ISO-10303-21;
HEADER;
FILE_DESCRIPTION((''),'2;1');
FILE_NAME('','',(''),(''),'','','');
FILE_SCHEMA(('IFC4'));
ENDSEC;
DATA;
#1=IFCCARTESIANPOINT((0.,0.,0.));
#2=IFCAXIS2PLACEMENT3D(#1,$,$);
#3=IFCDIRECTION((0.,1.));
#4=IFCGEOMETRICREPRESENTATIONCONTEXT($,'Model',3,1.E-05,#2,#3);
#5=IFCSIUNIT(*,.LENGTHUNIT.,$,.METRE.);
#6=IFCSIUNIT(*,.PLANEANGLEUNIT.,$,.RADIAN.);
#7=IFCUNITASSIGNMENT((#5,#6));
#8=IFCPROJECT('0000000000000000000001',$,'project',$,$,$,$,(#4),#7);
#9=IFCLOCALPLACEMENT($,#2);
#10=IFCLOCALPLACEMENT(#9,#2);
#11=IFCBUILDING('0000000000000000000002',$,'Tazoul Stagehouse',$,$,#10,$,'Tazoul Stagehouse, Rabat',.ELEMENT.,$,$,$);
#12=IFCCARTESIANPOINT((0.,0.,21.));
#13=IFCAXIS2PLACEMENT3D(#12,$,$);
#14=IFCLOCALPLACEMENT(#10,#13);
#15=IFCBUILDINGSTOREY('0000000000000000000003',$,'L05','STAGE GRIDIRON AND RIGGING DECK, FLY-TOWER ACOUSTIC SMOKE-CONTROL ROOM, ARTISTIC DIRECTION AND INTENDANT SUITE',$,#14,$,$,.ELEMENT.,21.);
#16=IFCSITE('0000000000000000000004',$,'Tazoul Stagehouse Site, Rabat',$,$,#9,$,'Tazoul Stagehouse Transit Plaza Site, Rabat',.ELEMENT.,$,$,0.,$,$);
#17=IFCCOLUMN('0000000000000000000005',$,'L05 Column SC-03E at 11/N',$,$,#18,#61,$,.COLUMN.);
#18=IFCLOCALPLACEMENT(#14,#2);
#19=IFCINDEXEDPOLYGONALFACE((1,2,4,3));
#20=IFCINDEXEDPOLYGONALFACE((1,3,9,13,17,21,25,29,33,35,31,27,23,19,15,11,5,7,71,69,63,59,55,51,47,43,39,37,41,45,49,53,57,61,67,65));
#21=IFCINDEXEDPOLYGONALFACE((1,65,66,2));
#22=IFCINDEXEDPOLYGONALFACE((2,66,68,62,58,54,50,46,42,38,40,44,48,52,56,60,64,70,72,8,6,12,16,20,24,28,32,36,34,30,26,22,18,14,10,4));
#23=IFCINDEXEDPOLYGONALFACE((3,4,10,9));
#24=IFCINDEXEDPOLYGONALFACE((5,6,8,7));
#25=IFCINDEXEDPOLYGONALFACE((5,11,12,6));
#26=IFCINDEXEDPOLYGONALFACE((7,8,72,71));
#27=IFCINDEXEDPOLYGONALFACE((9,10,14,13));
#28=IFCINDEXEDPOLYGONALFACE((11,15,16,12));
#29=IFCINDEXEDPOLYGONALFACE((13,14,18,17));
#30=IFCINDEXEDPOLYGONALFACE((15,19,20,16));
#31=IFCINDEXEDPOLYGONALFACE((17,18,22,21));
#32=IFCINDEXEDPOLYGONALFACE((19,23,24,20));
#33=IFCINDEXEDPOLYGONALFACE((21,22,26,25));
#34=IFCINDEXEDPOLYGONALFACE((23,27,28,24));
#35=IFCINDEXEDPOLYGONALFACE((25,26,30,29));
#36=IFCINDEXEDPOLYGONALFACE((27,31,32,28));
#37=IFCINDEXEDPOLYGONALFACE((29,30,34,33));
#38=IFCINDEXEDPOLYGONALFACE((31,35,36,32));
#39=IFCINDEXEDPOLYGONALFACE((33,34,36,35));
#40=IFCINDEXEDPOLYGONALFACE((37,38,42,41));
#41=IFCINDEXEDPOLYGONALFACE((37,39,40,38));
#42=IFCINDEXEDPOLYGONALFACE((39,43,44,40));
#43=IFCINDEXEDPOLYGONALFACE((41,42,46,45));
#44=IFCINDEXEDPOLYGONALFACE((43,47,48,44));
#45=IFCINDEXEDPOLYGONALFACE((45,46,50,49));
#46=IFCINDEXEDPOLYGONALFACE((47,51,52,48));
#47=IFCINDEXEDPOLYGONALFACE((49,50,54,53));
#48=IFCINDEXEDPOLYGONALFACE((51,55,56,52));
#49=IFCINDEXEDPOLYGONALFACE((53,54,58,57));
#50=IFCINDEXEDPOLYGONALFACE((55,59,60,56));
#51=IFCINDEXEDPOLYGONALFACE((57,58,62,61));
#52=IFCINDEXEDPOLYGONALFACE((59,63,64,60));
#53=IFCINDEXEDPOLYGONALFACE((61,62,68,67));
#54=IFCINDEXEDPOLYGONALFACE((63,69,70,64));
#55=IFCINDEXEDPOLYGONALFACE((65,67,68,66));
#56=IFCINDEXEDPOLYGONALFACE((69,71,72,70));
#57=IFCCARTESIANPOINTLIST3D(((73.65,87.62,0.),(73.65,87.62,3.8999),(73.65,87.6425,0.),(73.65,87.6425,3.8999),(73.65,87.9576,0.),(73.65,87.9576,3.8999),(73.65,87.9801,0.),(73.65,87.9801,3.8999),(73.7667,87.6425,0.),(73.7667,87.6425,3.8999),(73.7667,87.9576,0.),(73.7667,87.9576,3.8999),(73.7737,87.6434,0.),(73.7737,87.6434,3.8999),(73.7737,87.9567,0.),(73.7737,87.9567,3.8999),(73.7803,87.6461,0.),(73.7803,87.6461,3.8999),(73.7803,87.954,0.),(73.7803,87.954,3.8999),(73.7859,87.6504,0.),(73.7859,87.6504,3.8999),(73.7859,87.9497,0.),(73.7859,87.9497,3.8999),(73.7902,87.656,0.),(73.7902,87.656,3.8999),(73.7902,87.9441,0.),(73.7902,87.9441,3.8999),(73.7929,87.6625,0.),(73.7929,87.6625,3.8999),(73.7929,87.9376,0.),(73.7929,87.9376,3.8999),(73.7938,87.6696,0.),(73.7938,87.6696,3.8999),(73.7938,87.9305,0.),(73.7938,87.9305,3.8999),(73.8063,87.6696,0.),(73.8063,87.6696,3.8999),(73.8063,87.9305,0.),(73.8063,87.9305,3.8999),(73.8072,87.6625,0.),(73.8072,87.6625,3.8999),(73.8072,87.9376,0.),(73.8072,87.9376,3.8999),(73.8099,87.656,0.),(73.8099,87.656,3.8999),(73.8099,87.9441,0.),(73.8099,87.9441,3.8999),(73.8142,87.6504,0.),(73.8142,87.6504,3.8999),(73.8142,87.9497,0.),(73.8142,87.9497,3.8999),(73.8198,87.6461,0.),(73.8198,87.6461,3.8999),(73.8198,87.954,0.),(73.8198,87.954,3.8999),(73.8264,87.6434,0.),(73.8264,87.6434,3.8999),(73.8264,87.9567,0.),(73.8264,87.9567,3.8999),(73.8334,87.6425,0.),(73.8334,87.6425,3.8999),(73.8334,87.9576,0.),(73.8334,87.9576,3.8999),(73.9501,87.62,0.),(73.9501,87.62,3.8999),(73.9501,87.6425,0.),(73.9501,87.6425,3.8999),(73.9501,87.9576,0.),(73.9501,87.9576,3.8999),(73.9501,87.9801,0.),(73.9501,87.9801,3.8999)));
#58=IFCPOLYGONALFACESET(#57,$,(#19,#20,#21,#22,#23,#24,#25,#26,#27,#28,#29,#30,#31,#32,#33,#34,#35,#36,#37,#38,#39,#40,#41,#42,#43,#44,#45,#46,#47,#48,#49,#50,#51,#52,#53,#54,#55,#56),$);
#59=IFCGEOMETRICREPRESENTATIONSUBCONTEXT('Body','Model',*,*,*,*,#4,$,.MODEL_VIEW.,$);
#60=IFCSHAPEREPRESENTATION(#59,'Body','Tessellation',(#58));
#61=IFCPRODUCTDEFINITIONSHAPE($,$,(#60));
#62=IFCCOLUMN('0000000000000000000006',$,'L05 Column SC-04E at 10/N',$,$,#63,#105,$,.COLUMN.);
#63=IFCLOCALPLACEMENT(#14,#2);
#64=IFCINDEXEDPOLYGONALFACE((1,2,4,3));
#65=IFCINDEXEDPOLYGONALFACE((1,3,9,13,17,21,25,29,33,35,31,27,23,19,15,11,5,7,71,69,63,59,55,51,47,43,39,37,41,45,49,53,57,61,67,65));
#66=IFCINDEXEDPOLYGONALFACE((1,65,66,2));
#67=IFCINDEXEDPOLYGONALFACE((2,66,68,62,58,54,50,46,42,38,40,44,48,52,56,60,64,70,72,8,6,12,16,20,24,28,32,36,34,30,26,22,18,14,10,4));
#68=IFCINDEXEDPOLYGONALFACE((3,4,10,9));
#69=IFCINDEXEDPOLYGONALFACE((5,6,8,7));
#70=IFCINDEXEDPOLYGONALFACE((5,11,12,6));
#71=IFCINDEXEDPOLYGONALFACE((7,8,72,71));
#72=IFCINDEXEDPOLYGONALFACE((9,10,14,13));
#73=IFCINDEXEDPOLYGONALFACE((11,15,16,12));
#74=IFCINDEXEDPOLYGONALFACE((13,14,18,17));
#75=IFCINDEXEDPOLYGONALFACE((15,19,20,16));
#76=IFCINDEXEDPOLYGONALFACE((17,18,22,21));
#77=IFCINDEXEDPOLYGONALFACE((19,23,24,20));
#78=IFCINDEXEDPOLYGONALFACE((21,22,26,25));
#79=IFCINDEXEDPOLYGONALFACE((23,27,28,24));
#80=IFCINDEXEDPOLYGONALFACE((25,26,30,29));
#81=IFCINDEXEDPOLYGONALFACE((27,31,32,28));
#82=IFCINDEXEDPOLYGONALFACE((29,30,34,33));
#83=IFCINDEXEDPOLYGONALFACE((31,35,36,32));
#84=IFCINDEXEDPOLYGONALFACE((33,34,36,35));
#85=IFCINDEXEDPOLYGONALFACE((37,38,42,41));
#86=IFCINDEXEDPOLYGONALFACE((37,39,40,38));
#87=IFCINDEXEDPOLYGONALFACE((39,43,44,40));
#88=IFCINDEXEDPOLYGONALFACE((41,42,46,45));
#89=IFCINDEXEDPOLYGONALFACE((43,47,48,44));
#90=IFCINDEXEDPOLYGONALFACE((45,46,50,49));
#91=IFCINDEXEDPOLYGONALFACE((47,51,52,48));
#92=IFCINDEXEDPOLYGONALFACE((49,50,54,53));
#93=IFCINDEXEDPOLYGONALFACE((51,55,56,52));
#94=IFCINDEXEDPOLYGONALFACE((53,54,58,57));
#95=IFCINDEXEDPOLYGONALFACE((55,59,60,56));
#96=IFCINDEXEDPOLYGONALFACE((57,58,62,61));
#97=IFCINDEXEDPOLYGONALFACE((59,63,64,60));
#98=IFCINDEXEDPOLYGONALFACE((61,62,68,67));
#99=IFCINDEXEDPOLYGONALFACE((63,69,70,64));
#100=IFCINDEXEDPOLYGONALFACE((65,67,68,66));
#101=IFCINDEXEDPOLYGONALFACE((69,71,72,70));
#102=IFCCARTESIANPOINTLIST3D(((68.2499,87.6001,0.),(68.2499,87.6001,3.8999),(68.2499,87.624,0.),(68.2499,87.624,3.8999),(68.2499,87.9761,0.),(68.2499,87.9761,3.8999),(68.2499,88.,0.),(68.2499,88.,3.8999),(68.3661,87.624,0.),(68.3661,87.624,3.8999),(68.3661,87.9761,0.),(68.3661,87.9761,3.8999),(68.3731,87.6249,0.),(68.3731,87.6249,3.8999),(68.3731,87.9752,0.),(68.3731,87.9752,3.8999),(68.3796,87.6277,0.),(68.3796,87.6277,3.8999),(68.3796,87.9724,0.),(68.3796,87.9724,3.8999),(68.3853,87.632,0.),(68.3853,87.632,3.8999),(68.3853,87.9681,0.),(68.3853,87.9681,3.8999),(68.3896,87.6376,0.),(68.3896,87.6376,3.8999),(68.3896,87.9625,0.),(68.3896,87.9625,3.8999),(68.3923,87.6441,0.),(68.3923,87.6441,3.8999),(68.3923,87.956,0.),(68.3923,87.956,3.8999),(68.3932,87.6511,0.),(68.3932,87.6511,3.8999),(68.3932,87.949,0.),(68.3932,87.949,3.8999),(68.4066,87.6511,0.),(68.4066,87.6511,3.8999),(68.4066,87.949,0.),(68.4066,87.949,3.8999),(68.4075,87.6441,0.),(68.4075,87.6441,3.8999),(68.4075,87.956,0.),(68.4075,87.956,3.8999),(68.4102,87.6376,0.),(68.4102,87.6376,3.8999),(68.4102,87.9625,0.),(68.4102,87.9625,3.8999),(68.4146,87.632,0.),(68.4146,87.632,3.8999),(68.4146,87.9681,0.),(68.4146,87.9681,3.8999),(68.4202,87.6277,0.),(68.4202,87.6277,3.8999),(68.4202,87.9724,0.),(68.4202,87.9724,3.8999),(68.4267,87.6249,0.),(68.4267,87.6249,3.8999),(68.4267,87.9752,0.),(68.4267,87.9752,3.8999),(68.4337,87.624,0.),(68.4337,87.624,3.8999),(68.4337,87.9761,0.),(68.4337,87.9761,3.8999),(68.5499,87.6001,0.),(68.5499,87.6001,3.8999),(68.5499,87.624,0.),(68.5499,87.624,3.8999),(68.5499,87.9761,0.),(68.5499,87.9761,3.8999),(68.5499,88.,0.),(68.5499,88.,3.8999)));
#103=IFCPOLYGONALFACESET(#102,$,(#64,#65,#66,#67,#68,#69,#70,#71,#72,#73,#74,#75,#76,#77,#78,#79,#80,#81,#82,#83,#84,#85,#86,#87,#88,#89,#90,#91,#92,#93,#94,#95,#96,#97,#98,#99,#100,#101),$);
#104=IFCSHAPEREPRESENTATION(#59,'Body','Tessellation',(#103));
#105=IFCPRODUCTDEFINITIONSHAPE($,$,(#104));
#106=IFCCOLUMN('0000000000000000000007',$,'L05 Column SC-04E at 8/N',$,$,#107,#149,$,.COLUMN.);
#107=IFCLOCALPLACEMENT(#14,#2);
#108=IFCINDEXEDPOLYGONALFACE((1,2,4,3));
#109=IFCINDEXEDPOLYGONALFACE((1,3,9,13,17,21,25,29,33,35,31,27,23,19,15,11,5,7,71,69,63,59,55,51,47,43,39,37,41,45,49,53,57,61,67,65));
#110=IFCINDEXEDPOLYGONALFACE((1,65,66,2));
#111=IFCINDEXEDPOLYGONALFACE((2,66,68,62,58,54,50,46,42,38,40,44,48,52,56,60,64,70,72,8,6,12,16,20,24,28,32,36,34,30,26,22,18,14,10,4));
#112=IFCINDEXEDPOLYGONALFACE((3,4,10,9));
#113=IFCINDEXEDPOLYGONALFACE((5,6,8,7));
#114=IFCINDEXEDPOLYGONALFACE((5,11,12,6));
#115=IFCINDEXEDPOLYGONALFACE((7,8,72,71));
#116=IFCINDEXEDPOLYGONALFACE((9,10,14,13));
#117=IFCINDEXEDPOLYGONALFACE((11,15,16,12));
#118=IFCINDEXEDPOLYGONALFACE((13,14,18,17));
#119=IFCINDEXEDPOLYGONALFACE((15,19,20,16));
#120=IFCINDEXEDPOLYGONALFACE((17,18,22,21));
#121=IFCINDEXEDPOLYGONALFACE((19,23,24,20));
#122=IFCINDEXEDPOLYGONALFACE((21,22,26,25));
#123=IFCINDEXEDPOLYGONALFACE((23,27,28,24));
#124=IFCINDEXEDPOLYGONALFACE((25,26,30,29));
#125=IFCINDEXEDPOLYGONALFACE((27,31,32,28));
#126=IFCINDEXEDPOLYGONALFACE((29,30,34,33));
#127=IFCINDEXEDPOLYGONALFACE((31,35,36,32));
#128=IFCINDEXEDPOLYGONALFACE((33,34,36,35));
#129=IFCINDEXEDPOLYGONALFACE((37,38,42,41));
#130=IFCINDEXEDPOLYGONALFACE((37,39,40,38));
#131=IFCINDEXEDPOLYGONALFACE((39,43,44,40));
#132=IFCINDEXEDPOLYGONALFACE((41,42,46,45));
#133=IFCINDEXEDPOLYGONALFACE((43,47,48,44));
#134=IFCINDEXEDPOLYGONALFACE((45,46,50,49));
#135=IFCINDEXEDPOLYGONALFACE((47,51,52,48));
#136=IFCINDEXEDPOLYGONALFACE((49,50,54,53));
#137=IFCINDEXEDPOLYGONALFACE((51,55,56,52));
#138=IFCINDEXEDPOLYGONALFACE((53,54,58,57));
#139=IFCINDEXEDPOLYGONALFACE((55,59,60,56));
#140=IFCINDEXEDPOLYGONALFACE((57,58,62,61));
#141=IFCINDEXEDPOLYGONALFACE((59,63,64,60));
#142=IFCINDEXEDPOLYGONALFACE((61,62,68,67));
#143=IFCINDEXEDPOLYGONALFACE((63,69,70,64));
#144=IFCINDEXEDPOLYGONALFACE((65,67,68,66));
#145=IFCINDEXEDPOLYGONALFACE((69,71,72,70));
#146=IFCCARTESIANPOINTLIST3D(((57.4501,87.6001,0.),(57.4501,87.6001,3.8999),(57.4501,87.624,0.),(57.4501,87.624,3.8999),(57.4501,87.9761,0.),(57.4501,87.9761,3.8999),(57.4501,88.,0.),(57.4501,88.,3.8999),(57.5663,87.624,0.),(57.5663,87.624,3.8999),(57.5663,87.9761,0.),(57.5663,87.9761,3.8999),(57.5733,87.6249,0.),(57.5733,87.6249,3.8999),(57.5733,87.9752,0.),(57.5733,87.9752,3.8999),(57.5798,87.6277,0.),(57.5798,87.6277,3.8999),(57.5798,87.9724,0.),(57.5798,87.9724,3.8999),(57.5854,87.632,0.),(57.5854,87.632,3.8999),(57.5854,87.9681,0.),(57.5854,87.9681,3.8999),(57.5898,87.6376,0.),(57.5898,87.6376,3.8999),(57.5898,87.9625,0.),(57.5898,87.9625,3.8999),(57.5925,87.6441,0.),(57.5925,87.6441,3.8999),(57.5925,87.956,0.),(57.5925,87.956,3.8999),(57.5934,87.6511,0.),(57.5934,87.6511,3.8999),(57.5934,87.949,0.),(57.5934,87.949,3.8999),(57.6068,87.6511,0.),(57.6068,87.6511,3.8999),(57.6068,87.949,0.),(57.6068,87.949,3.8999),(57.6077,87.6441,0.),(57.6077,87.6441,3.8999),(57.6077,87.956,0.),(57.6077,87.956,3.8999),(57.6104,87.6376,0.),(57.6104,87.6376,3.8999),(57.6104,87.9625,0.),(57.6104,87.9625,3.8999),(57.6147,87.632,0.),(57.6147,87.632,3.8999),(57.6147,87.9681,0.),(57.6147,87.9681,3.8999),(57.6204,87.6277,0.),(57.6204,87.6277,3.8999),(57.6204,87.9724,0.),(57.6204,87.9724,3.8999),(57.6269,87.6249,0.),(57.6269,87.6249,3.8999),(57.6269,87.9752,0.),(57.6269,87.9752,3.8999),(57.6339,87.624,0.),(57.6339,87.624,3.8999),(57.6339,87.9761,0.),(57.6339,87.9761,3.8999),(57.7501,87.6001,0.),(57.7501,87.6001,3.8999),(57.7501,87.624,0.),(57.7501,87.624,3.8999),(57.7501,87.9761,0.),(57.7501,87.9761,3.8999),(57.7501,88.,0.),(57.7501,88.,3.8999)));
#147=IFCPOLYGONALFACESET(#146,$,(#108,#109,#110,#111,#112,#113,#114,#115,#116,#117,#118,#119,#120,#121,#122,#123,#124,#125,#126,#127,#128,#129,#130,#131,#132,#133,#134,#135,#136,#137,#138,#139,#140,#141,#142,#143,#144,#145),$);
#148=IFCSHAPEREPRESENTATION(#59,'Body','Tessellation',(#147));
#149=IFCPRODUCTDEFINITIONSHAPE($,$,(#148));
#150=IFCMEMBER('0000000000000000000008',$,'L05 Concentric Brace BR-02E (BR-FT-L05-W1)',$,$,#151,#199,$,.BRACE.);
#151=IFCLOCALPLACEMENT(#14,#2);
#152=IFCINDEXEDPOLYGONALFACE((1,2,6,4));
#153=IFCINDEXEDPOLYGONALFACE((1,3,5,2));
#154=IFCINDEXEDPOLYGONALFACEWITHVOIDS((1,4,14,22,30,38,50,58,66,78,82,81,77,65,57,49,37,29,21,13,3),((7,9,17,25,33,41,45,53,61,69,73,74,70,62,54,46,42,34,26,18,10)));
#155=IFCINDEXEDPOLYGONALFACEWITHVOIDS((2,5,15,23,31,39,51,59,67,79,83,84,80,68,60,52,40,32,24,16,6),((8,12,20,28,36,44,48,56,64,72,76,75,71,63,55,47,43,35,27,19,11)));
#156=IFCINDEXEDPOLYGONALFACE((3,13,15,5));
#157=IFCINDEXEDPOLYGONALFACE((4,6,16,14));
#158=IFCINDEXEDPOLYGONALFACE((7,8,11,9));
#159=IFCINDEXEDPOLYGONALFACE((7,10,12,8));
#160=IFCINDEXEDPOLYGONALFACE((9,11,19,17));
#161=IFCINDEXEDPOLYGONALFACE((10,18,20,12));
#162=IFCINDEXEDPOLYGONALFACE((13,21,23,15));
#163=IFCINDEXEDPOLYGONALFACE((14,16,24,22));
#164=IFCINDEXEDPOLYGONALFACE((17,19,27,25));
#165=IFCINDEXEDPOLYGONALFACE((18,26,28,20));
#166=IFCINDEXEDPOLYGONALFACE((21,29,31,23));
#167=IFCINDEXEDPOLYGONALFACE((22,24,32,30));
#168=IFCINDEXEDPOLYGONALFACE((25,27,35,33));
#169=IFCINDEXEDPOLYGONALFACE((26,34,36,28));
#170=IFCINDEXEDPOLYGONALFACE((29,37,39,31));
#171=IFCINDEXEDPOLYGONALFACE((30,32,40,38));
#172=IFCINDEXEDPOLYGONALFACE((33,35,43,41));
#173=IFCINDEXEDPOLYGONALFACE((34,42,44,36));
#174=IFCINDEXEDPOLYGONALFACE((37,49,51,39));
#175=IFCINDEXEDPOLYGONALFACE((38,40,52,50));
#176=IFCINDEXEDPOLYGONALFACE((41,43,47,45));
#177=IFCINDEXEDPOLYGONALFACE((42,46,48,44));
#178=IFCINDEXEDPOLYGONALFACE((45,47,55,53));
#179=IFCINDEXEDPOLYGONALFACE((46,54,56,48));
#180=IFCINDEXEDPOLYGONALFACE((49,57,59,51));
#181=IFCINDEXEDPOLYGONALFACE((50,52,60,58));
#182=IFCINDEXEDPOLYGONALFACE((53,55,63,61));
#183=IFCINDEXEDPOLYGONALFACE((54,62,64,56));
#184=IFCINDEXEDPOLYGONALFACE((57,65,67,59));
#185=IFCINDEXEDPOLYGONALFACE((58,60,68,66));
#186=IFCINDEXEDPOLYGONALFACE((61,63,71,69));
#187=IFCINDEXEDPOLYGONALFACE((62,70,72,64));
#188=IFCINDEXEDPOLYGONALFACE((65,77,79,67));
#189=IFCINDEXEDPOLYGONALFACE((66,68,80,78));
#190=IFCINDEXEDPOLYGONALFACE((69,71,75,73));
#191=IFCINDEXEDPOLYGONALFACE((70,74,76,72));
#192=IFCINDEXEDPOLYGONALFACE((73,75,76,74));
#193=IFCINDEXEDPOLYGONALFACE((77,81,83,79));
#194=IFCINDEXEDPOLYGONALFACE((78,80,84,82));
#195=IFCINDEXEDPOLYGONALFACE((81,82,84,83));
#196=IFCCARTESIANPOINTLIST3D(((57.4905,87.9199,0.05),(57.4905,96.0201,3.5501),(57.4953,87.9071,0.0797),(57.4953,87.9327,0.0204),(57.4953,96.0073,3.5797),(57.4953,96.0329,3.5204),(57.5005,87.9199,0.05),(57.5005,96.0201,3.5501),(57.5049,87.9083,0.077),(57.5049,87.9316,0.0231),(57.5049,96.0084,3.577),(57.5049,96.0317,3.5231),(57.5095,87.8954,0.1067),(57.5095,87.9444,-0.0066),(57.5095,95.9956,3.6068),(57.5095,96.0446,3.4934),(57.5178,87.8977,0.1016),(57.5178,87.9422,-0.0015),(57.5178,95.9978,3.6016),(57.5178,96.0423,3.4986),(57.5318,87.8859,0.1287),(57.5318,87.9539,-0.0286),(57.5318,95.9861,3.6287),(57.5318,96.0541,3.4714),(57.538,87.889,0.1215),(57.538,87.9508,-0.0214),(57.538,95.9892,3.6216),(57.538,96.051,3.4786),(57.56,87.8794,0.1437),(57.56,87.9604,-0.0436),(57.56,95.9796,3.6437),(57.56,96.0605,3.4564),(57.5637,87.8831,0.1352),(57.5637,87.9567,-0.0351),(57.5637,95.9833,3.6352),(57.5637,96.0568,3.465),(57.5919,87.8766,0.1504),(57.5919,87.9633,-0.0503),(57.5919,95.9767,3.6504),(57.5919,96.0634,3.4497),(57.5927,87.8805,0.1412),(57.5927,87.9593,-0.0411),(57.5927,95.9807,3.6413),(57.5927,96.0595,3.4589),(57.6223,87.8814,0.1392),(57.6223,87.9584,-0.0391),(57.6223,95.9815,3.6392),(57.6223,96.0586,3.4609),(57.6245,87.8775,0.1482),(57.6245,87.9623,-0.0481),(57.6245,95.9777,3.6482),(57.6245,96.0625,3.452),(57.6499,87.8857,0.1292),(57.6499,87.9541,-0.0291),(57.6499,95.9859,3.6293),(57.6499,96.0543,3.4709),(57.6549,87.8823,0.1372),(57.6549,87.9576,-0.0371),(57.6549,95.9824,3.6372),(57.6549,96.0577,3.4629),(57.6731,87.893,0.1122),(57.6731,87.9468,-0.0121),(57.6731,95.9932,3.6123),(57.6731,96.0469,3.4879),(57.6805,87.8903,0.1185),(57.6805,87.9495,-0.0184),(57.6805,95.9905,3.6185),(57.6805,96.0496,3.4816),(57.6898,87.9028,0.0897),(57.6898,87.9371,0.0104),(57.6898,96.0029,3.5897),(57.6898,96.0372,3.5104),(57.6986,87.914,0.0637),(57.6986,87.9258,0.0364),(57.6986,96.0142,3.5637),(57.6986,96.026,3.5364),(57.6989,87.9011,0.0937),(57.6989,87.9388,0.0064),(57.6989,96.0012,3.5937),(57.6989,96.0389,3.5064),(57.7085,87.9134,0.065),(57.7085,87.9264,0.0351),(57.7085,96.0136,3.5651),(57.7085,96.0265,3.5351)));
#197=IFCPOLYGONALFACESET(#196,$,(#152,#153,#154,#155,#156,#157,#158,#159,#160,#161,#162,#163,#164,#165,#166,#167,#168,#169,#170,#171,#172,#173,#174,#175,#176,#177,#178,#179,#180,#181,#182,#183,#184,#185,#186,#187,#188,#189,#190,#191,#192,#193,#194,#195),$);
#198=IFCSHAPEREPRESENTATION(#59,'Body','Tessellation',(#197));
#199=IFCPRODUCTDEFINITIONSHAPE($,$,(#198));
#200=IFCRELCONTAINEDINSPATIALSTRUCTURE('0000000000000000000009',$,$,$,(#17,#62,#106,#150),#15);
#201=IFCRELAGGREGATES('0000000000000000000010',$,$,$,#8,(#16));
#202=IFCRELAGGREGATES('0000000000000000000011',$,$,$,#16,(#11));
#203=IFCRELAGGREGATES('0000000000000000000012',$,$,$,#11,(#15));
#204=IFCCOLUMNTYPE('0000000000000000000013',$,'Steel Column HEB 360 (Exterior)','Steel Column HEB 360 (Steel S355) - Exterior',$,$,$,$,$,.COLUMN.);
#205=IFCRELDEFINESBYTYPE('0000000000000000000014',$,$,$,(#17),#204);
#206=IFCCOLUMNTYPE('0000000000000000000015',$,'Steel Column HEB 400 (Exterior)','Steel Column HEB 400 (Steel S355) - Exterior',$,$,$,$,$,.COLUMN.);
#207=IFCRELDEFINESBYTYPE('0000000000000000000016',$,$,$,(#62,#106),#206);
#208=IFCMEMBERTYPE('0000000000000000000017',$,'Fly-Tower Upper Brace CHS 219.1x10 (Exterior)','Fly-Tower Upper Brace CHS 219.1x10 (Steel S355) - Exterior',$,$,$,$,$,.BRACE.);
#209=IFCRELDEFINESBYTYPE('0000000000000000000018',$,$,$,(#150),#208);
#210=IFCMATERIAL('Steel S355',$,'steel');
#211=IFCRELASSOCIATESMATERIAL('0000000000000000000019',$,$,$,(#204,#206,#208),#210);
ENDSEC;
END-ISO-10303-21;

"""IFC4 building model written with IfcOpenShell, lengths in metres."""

from ifc_helpers import new_model, si_unit, direction, frame, origin, origin_2d, place, context, subcontext, project, spatial, hollow_circle, i_section, extrude, material, material_profile, profile_set, type_object, element, save


model = new_model("IFC4")

# Units and contexts
model_context = context("Model", 3, precision=1e-05, world=origin(), true_north=direction((0.0, 1.0)))
body_context = subcontext(model_context, "Body", "Model", "MODEL_VIEW")
ifc_project = project(units=[si_unit("LENGTHUNIT", "METRE"), si_unit("PLANEANGLEUNIT", "RADIAN")], contexts=[model_context])

# Site, building, storey
site_placement = place(None, origin())
site = spatial("IfcSite", under=ifc_project, at=site_placement, Name="Tazoul Stagehouse Site, Rabat", LongName="Tazoul Stagehouse Transit Plaza Site, Rabat", CompositionType="ELEMENT", RefElevation=0.0)
building_placement = place(site_placement, origin())
building = spatial("IfcBuilding", under=site, at=building_placement, Name="Tazoul Stagehouse", LongName="Tazoul Stagehouse, Rabat", CompositionType="ELEMENT")
storey_placement = place(building_placement, frame((0.0, 0.0, 21.0)))
storey = spatial("IfcBuildingStorey", under=building, at=storey_placement, Name="L05", Description="STAGE GRIDIRON AND RIGGING DECK, FLY-TOWER ACOUSTIC SMOKE-CONTROL ROOM, ARTISTIC DIRECTION AND INTENDANT SUITE", CompositionType="ELEMENT", Elevation=21.0)

# Columns
ifc_material_1 = material(Name="Steel S355", Category="steel")
ifc_material_profile_1 = material_profile(ifc_material_1, i_section(OverallWidth=0.3, OverallDepth=0.3601, WebThickness=0.0125, FlangeThickness=0.0225, FilletRadius=0.0271, at=origin_2d()), Name="HEB 360")
ifc_profile_set_1 = profile_set([ifc_material_profile_1], Name="Steel S355")
column_type_1 = type_object("IfcColumnType", Name="Steel Column HEB 360 (Exterior)", Description="Steel Column HEB 360 (Steel S355) - Exterior", PredefinedType="COLUMN", material=ifc_profile_set_1)
column_placement = place(storey_placement, frame((73.8, 87.8, 0.0), z_axis=(0.0, 0.0, 1.0), x_axis=(1.0, 0.0, 0.0)))
element("IfcColumn", 1, at=column_placement, inside=storey, type_object=column_type_1, Name="L05 Column SC-03E at 11/N", PredefinedType="COLUMN", context=body_context, shape_type="SweptSolid", body=[
    extrude(i_section(OverallWidth=0.3, OverallDepth=0.3601, WebThickness=0.0125, FlangeThickness=0.0225, FilletRadius=0.0271, at=origin_2d()), origin(), (0.0, 0.0, 1.0), 3.8999),
])
ifc_material_profile_2 = material_profile(ifc_material_1, i_section(OverallWidth=0.3, OverallDepth=0.3999, WebThickness=0.0134, FlangeThickness=0.0239, FilletRadius=0.0271, at=origin_2d()), Name="HEB 400")
ifc_profile_set_2 = profile_set([ifc_material_profile_2], Name="Steel S355")
column_type_2 = type_object("IfcColumnType", Name="Steel Column HEB 400 (Exterior)", Description="Steel Column HEB 400 (Steel S355) - Exterior", PredefinedType="COLUMN", material=ifc_profile_set_2)
for number, where, z_axis, x_axis, name in (
    (2, (68.3999, 87.8, 0.0), (0.0, 0.0, 1.0), (1.0, 0.0, 0.0), "L05 Column SC-04E at 10/N"),
    (3, (57.6001, 87.8, 0.0), (0.0, 0.0, 1.0), (1.0, 0.0, 0.0), "L05 Column SC-04E at 8/N"),
):
    element("IfcColumn", number, at=place(storey_placement, frame(where, z_axis=z_axis, x_axis=x_axis)), inside=storey, type_object=column_type_2, Name=name, PredefinedType="COLUMN", context=body_context, shape_type="SweptSolid", body=[
        extrude(i_section(OverallWidth=0.3, OverallDepth=0.3999, WebThickness=0.0134, FlangeThickness=0.0239, FilletRadius=0.0271, at=origin_2d()), origin(), (0.0, 0.0, 1.0), 3.8999),
    ])

# Member
ifc_material_profile_3 = material_profile(ifc_material_1, hollow_circle(Radius=0.1096, WallThickness=0.01, at=origin_2d()), Name="CHS 219.1x10")
ifc_profile_set_3 = profile_set([ifc_material_profile_3], Name="Steel S355")
member_type = type_object("IfcMemberType", Name="Fly-Tower Upper Brace CHS 219.1x10 (Exterior)", Description="Fly-Tower Upper Brace CHS 219.1x10 (Steel S355) - Exterior", PredefinedType="BRACE", material=ifc_profile_set_3)
member_placement = place(storey_placement, frame((57.6001, 87.9199, 0.05), z_axis=(0.0, 0.91797, 0.396649), x_axis=(-1.0, 0.0, 0.0)))
element("IfcMember", 4, at=member_placement, inside=storey, type_object=member_type, Name="L05 Concentric Brace BR-02E (BR-FT-L05-W1)", PredefinedType="BRACE", context=body_context, shape_type="SweptSolid", body=[
    extrude(hollow_circle(Radius=0.1096, WallThickness=0.01, at=origin_2d()), origin(), (0.0, 0.0, 1.0), 8.824),
])

save(model, "model.ifc")
